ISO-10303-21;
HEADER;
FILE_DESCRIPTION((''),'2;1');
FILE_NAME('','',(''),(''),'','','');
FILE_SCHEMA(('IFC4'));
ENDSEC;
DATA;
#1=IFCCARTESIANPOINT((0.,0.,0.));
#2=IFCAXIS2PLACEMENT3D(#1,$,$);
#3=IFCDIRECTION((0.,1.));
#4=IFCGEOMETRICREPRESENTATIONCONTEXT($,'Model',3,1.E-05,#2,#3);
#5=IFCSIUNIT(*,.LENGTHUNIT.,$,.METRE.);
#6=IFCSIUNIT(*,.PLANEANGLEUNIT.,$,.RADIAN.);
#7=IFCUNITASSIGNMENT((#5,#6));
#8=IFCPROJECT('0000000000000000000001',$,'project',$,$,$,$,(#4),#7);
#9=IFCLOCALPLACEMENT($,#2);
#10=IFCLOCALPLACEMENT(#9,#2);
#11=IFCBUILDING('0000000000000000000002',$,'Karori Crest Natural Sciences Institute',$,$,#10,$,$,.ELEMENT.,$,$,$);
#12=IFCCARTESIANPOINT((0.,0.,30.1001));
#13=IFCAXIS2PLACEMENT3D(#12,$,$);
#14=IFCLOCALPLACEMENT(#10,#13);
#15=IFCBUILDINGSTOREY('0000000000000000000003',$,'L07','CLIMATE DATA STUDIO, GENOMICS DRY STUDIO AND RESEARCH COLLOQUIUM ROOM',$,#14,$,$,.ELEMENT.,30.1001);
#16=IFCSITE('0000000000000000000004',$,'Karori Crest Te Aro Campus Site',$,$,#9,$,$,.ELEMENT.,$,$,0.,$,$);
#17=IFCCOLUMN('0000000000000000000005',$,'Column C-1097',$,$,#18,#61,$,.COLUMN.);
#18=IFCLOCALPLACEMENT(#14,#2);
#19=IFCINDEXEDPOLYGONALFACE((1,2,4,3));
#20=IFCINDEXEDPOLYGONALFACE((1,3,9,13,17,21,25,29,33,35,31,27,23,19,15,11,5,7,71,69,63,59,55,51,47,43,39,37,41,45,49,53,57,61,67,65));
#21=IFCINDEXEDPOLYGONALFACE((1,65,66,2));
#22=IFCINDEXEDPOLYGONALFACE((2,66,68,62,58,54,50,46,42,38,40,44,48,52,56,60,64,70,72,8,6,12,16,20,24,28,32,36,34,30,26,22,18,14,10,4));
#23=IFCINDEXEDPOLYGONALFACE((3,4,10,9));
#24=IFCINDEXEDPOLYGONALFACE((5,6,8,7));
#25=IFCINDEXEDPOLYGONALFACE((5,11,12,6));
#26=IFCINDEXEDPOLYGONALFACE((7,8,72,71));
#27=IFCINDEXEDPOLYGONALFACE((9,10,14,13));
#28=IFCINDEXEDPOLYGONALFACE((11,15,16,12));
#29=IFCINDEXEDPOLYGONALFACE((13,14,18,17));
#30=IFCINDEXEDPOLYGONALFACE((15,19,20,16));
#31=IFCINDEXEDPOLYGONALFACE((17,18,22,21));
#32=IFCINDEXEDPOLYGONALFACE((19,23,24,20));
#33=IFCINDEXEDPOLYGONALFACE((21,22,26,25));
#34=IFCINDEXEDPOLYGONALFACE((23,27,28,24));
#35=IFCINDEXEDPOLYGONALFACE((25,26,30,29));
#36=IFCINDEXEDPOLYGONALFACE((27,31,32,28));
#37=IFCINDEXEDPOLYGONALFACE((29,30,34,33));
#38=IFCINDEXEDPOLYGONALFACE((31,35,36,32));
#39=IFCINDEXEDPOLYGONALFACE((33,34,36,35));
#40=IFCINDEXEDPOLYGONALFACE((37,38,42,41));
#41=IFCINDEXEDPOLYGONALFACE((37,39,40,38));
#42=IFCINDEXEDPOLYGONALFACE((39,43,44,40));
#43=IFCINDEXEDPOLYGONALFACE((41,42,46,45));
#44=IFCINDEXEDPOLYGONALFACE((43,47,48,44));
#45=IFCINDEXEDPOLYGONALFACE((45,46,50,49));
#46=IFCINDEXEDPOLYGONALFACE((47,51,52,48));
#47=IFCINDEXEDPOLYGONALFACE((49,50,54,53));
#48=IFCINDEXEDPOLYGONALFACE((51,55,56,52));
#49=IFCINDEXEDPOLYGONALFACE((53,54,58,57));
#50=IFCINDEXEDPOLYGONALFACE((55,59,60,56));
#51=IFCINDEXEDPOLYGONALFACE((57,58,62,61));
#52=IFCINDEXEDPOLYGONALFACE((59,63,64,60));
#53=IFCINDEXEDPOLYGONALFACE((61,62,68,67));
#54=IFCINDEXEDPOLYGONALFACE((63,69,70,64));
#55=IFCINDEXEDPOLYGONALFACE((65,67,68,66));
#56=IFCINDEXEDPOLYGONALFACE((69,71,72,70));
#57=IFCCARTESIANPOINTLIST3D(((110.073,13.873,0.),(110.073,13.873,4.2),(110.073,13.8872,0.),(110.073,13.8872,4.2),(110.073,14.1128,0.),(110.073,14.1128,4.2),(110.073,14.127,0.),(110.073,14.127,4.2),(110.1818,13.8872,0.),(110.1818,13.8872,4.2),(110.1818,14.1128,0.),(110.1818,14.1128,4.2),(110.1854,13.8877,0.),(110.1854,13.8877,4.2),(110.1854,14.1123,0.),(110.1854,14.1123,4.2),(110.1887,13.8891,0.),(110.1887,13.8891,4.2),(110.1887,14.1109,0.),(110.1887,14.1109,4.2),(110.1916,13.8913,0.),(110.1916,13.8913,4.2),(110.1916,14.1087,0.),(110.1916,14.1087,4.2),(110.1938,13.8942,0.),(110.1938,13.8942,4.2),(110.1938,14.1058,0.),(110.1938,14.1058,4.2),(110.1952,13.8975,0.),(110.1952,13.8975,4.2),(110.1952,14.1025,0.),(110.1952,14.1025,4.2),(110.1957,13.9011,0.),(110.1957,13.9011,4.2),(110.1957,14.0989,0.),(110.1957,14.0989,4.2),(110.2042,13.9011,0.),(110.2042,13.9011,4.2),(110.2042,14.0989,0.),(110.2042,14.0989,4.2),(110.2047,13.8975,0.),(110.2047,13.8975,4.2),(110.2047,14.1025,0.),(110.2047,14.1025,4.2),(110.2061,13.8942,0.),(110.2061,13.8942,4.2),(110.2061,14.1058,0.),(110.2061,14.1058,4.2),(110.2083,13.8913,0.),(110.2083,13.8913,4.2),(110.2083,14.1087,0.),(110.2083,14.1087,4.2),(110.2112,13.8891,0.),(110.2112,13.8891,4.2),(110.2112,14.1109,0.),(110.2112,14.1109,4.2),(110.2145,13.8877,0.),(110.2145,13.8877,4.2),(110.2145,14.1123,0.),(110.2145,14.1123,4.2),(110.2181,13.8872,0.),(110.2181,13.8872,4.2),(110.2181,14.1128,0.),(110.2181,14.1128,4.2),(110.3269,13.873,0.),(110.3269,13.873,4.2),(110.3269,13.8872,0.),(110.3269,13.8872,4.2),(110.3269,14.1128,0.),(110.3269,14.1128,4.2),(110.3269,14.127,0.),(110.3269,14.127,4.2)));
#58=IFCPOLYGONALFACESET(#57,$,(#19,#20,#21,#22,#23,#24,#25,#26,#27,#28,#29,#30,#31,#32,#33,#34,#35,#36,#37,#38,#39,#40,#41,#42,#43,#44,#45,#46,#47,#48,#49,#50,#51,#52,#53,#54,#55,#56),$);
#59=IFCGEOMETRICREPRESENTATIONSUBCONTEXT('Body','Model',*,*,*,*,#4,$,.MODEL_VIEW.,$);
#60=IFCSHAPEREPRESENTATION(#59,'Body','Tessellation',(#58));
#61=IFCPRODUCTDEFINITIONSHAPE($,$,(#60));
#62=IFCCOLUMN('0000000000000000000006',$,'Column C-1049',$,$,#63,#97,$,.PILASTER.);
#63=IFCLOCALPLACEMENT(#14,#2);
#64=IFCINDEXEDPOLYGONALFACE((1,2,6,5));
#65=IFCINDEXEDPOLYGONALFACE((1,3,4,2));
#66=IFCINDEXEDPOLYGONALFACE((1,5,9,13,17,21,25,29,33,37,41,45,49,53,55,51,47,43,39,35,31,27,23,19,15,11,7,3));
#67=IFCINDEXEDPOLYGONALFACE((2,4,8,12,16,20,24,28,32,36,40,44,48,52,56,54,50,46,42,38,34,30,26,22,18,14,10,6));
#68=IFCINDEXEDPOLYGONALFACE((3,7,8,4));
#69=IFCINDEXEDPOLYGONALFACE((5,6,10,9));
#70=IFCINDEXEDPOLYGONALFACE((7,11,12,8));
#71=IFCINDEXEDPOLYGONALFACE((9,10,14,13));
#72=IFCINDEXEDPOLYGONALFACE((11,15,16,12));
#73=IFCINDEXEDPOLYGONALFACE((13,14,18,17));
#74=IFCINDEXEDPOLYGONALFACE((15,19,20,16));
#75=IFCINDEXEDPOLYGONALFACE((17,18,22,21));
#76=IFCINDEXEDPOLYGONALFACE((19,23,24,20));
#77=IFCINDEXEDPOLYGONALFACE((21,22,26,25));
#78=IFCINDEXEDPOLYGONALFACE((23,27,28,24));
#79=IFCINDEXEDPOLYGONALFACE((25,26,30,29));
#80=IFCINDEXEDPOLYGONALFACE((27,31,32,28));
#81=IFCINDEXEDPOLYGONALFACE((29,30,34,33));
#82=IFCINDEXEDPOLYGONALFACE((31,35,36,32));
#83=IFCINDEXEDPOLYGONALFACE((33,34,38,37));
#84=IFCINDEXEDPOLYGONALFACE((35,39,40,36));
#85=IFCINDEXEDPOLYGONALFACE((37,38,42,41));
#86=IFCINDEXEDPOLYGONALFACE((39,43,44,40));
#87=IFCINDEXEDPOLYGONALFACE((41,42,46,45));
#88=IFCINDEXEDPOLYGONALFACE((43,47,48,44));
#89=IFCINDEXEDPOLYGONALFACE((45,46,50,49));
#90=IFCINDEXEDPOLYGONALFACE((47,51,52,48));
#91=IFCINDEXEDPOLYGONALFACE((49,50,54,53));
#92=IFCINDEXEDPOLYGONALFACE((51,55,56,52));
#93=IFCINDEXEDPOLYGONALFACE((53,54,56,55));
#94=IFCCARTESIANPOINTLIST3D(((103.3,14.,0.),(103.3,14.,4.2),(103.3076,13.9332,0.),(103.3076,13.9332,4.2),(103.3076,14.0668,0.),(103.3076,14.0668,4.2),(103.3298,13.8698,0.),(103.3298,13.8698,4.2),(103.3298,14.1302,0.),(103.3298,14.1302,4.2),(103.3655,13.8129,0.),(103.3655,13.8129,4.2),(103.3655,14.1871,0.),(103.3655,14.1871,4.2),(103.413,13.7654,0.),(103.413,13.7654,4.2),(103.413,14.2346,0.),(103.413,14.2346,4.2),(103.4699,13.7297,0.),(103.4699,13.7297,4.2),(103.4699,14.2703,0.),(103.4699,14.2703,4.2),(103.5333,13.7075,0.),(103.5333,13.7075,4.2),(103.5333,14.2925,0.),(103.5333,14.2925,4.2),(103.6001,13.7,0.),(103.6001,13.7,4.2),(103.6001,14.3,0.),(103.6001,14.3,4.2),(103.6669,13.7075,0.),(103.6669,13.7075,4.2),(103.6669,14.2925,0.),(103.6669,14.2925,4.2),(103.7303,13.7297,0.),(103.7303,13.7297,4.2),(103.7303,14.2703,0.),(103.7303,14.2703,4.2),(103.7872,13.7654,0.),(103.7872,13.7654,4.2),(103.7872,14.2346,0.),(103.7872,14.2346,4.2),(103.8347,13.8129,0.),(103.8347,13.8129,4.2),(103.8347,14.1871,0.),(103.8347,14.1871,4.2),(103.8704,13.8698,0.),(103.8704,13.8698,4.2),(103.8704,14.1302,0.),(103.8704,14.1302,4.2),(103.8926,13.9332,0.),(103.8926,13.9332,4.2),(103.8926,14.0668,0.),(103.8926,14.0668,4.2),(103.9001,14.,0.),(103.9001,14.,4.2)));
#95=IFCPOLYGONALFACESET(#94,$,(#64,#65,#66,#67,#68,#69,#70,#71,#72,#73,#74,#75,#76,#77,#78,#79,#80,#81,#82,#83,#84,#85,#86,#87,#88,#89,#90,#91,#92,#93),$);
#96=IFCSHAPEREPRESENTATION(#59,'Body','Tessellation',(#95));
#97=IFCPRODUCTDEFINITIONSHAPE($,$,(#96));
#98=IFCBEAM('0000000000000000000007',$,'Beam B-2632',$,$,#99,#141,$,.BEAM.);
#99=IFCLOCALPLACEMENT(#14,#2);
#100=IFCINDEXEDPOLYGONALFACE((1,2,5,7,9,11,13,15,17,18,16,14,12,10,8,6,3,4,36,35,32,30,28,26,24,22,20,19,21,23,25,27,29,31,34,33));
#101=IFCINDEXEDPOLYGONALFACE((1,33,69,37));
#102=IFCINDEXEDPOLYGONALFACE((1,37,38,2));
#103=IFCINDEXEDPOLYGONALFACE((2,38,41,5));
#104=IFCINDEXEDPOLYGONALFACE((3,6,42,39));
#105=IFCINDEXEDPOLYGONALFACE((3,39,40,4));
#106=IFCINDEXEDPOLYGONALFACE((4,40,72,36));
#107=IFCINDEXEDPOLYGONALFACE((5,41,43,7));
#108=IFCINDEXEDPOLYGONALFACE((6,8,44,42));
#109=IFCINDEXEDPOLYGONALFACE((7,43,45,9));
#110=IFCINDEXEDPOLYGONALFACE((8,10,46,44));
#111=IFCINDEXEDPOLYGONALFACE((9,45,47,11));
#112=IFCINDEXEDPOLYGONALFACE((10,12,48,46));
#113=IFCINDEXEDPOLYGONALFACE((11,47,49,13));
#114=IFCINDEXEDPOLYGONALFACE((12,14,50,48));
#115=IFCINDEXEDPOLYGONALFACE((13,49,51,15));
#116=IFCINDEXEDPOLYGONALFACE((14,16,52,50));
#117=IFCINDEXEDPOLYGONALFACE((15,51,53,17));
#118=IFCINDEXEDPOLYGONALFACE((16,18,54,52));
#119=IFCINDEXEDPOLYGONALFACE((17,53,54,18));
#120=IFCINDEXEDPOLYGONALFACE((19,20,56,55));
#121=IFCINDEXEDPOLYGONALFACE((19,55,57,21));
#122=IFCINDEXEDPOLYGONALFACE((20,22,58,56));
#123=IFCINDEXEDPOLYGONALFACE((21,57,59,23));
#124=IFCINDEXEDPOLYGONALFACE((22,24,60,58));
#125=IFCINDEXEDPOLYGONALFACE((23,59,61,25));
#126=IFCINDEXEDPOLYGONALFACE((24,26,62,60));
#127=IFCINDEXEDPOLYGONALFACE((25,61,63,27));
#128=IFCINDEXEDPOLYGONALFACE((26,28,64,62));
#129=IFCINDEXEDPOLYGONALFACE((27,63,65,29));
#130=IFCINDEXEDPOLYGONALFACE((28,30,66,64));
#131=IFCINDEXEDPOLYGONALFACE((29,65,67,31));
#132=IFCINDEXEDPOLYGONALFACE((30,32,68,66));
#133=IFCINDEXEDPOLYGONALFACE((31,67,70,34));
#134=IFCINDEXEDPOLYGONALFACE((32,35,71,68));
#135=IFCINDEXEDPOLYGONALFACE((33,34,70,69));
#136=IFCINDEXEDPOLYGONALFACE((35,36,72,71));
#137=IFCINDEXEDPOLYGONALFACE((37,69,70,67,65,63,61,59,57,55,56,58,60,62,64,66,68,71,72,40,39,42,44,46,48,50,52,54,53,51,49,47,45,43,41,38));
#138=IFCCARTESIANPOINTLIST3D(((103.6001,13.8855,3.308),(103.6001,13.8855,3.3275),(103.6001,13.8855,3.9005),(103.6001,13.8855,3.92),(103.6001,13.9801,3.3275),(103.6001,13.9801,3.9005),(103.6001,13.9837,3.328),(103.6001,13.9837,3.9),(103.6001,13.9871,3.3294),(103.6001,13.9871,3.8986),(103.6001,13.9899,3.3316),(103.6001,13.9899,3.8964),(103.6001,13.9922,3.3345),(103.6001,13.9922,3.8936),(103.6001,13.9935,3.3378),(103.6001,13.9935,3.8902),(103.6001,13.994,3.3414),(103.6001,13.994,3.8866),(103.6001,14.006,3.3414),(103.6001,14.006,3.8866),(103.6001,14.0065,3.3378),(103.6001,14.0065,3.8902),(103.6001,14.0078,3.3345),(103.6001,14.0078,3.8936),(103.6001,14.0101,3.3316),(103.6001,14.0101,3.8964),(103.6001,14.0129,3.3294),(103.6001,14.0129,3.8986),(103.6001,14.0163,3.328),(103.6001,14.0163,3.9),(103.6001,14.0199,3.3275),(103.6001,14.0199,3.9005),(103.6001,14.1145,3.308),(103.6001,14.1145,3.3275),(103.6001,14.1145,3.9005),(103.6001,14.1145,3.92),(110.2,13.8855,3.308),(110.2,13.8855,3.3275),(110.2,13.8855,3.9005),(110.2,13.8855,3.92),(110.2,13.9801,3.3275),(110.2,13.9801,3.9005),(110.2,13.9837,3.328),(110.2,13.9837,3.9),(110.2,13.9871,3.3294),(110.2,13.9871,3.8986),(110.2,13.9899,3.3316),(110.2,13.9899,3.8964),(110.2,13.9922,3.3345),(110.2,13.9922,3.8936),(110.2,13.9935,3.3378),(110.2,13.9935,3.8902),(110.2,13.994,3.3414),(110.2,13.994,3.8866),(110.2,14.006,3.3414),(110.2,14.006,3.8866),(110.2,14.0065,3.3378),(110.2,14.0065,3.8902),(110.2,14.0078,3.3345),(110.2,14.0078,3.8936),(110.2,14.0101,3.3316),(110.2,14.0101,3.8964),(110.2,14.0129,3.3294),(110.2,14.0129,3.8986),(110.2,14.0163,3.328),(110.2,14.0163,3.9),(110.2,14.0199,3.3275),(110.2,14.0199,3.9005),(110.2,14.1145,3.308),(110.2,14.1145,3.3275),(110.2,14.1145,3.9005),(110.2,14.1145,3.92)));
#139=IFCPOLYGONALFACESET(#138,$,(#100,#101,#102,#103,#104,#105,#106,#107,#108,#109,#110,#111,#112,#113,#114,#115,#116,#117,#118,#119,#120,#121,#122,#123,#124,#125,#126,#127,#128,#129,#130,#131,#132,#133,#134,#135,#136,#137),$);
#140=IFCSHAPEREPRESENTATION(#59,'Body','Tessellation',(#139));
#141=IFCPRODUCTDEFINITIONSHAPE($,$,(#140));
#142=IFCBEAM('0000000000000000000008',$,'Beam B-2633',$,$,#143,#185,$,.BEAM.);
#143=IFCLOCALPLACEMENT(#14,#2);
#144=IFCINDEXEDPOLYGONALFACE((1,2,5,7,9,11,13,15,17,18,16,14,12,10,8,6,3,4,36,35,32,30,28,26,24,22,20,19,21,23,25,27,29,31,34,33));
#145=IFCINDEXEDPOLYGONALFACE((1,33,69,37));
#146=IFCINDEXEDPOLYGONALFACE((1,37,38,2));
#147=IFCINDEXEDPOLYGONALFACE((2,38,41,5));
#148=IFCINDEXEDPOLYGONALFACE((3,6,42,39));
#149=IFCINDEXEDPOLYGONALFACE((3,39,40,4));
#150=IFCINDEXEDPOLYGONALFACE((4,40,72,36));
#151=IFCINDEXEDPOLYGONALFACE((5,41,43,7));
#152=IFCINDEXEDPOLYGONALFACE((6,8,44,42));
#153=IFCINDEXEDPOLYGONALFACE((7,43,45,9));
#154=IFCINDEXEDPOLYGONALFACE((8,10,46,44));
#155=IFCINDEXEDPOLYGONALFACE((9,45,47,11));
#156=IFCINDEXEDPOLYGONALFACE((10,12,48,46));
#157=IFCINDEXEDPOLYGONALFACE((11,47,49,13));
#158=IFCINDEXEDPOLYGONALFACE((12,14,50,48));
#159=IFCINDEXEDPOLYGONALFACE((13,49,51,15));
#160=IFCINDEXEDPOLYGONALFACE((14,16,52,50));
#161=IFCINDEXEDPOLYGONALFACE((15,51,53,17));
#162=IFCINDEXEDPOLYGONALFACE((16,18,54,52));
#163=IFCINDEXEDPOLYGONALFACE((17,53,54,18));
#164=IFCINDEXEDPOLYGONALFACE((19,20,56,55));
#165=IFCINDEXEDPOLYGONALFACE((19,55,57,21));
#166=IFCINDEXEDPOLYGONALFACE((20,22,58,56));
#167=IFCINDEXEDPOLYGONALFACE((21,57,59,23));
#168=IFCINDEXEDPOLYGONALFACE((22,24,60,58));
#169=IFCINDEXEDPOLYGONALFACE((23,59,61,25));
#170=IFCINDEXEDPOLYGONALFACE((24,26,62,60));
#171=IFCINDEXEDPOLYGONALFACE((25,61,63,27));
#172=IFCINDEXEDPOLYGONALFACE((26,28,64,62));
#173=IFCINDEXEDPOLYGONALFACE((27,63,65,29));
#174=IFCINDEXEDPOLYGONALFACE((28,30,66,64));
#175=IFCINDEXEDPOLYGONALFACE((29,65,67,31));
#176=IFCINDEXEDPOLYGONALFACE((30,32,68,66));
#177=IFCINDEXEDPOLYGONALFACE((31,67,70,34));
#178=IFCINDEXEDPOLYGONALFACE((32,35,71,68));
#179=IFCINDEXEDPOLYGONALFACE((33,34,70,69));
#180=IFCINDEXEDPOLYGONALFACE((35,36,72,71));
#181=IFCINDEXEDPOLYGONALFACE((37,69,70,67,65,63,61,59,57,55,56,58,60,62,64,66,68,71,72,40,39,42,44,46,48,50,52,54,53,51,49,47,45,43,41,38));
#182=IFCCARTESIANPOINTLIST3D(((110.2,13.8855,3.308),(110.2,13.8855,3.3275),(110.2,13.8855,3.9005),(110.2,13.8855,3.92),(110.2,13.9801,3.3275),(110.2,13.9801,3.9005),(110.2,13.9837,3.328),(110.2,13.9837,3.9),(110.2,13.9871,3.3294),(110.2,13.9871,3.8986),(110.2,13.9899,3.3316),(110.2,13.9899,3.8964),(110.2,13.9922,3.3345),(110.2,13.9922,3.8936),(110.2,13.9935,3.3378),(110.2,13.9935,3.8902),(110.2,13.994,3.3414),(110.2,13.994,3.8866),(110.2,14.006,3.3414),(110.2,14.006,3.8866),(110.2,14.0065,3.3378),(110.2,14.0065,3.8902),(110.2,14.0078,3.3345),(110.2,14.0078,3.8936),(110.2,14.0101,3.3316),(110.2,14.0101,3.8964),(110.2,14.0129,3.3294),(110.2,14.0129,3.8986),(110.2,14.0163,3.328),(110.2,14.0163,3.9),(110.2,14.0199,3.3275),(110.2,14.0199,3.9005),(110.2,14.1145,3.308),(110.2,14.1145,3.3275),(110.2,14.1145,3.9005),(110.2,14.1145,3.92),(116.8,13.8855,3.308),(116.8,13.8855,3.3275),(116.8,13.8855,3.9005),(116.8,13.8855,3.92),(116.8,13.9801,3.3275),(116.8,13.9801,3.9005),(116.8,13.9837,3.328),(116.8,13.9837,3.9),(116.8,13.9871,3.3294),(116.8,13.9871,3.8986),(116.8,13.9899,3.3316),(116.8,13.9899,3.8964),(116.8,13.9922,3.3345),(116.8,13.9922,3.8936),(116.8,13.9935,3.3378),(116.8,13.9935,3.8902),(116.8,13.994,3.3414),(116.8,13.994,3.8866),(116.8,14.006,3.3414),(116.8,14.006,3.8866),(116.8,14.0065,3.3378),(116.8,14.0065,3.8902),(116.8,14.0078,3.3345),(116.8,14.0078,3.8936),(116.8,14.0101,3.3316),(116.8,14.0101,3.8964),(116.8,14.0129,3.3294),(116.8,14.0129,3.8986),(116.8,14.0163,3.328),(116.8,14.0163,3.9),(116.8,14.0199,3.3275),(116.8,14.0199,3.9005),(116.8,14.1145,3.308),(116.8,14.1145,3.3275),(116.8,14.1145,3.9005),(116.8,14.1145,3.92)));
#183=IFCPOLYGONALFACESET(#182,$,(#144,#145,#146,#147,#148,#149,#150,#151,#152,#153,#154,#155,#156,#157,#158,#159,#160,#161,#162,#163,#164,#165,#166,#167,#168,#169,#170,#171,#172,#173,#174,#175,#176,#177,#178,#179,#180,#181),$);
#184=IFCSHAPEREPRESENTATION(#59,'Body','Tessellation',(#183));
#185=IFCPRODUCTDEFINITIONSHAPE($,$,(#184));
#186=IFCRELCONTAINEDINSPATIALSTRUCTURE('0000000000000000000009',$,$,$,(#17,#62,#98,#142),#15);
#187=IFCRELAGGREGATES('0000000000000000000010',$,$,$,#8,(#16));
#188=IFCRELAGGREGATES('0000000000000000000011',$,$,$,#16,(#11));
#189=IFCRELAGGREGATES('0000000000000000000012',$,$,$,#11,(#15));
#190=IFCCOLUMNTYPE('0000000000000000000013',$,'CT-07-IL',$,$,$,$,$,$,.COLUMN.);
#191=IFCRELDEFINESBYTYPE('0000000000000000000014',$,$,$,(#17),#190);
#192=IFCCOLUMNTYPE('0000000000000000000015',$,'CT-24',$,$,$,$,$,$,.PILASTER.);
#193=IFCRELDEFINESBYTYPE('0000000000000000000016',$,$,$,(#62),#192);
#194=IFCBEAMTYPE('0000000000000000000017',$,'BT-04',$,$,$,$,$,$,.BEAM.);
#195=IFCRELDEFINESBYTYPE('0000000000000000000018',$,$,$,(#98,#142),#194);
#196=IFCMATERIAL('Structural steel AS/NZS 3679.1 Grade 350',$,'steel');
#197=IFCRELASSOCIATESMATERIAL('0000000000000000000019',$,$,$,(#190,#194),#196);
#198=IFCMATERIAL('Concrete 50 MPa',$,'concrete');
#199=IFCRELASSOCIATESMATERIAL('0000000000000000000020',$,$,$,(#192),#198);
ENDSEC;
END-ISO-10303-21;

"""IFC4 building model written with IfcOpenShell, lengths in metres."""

from ifc_helpers import new_model, si_unit, direction, frame, origin, origin_2d, place, context, subcontext, project, spatial, circle, i_section, extrude, material, material_profile, profile_set, type_object, element, save


model = new_model("IFC4")

# Units and contexts
model_context = context("Model", 3, precision=1e-05, world=origin(), true_north=direction((0.0, 1.0)))
body_context = subcontext(model_context, "Body", "Model", "MODEL_VIEW")
ifc_project = project(units=[si_unit("LENGTHUNIT", "METRE"), si_unit("PLANEANGLEUNIT", "RADIAN")], contexts=[model_context])

# Site, building, storey
site_placement = place(None, origin())
site = spatial("IfcSite", under=ifc_project, at=site_placement, Name="Karori Crest Te Aro Campus Site", CompositionType="ELEMENT", RefElevation=0.0)
building_placement = place(site_placement, origin())
building = spatial("IfcBuilding", under=site, at=building_placement, Name="Karori Crest Natural Sciences Institute", CompositionType="ELEMENT")
storey_placement = place(building_placement, frame((0.0, 0.0, 30.1001)))
storey = spatial("IfcBuildingStorey", under=building, at=storey_placement, Name="L07", Description="CLIMATE DATA STUDIO, GENOMICS DRY STUDIO AND RESEARCH COLLOQUIUM ROOM", CompositionType="ELEMENT", Elevation=30.1001)

# Columns
ifc_material_1 = material(Name="Structural steel AS/NZS 3679.1 Grade 350", Category="steel")
ifc_material_profile_1 = material_profile(ifc_material_1, i_section(OverallWidth=0.2539, OverallDepth=0.2539, WebThickness=0.0085, FlangeThickness=0.0142, FilletRadius=0.0139, at=origin_2d()), Name="250UC72.9")
ifc_profile_set_1 = profile_set([ifc_material_profile_1], Name="Structural steel AS/NZS 3679.1 Grade 350")
column_type_1 = type_object("IfcColumnType", Name="CT-07-IL", PredefinedType="COLUMN", material=ifc_profile_set_1)
column_1_placement = place(storey_placement, frame((110.2, 14.0, 0.0), z_axis=(0.0, 0.0, 1.0), x_axis=(1.0, 0.0, 0.0)))
element("IfcColumn", 1, at=column_1_placement, inside=storey, type_object=column_type_1, Name="Column C-1097", PredefinedType="COLUMN", context=body_context, shape_type="SweptSolid", body=[
    extrude(i_section(OverallWidth=0.2539, OverallDepth=0.2539, WebThickness=0.0085, FlangeThickness=0.0142, FilletRadius=0.0139, at=origin_2d()), origin(), (0.0, 0.0, 1.0), 4.2),
])
ifc_material_2 = material(Name="Concrete 50 MPa", Category="concrete")
ifc_material_profile_2 = material_profile(ifc_material_2, circle(Radius=0.3, at=origin_2d()), Name="RCC600")
ifc_profile_set_2 = profile_set([ifc_material_profile_2], Name="Concrete 50 MPa")
column_type_2 = type_object("IfcColumnType", Name="CT-24", PredefinedType="PILASTER", material=ifc_profile_set_2)
column_2_placement = place(storey_placement, frame((103.6001, 14.0, 0.0), z_axis=(0.0, 0.0, 1.0), x_axis=(1.0, 0.0, 0.0)))
element("IfcColumn", 2, at=column_2_placement, inside=storey, type_object=column_type_2, Name="Column C-1049", PredefinedType="PILASTER", context=body_context, shape_type="SweptSolid", body=[
    extrude(circle(Radius=0.3, at=origin_2d()), origin(), (0.0, 0.0, 1.0), 4.2),
])

# Beams
ifc_material_profile_3 = material_profile(ifc_material_1, i_section(OverallWidth=0.229, OverallDepth=0.6121, WebThickness=0.012, FlangeThickness=0.0195, FilletRadius=0.0139, at=origin_2d()), Name="610UB125")
ifc_profile_set_3 = profile_set([ifc_material_profile_3], Name="Structural steel AS/NZS 3679.1 Grade 350")
beam_type_1 = type_object("IfcBeamType", Name="BT-04", PredefinedType="BEAM", material=ifc_profile_set_3)
beam_1_placement = place(storey_placement, frame((103.6001, 14.0, 3.614), z_axis=(1.0, 0.0, 0.0), x_axis=(0.0, 1.0, 0.0)))
element("IfcBeam", 3, at=beam_1_placement, inside=storey, type_object=beam_type_1, Name="Beam B-2632", PredefinedType="BEAM", context=body_context, shape_type="SweptSolid", body=[
    extrude(i_section(OverallWidth=0.229, OverallDepth=0.6121, WebThickness=0.012, FlangeThickness=0.0195, FilletRadius=0.0139, at=origin_2d()), origin(), (0.0, 0.0, 1.0), 6.5999),
])
beam_2_placement = place(storey_placement, frame((110.2, 14.0, 3.614), z_axis=(1.0, 0.0, 0.0), x_axis=(0.0, 1.0, 0.0)))
element("IfcBeam", 4, at=beam_2_placement, inside=storey, type_object=beam_type_1, Name="Beam B-2633", PredefinedType="BEAM", context=body_context, shape_type="SweptSolid", body=[
    extrude(i_section(OverallWidth=0.229, OverallDepth=0.6121, WebThickness=0.012, FlangeThickness=0.0195, FilletRadius=0.0139, at=origin_2d()), origin(), (0.0, 0.0, 1.0), 6.6001),
])

save(model, "model.ifc")
